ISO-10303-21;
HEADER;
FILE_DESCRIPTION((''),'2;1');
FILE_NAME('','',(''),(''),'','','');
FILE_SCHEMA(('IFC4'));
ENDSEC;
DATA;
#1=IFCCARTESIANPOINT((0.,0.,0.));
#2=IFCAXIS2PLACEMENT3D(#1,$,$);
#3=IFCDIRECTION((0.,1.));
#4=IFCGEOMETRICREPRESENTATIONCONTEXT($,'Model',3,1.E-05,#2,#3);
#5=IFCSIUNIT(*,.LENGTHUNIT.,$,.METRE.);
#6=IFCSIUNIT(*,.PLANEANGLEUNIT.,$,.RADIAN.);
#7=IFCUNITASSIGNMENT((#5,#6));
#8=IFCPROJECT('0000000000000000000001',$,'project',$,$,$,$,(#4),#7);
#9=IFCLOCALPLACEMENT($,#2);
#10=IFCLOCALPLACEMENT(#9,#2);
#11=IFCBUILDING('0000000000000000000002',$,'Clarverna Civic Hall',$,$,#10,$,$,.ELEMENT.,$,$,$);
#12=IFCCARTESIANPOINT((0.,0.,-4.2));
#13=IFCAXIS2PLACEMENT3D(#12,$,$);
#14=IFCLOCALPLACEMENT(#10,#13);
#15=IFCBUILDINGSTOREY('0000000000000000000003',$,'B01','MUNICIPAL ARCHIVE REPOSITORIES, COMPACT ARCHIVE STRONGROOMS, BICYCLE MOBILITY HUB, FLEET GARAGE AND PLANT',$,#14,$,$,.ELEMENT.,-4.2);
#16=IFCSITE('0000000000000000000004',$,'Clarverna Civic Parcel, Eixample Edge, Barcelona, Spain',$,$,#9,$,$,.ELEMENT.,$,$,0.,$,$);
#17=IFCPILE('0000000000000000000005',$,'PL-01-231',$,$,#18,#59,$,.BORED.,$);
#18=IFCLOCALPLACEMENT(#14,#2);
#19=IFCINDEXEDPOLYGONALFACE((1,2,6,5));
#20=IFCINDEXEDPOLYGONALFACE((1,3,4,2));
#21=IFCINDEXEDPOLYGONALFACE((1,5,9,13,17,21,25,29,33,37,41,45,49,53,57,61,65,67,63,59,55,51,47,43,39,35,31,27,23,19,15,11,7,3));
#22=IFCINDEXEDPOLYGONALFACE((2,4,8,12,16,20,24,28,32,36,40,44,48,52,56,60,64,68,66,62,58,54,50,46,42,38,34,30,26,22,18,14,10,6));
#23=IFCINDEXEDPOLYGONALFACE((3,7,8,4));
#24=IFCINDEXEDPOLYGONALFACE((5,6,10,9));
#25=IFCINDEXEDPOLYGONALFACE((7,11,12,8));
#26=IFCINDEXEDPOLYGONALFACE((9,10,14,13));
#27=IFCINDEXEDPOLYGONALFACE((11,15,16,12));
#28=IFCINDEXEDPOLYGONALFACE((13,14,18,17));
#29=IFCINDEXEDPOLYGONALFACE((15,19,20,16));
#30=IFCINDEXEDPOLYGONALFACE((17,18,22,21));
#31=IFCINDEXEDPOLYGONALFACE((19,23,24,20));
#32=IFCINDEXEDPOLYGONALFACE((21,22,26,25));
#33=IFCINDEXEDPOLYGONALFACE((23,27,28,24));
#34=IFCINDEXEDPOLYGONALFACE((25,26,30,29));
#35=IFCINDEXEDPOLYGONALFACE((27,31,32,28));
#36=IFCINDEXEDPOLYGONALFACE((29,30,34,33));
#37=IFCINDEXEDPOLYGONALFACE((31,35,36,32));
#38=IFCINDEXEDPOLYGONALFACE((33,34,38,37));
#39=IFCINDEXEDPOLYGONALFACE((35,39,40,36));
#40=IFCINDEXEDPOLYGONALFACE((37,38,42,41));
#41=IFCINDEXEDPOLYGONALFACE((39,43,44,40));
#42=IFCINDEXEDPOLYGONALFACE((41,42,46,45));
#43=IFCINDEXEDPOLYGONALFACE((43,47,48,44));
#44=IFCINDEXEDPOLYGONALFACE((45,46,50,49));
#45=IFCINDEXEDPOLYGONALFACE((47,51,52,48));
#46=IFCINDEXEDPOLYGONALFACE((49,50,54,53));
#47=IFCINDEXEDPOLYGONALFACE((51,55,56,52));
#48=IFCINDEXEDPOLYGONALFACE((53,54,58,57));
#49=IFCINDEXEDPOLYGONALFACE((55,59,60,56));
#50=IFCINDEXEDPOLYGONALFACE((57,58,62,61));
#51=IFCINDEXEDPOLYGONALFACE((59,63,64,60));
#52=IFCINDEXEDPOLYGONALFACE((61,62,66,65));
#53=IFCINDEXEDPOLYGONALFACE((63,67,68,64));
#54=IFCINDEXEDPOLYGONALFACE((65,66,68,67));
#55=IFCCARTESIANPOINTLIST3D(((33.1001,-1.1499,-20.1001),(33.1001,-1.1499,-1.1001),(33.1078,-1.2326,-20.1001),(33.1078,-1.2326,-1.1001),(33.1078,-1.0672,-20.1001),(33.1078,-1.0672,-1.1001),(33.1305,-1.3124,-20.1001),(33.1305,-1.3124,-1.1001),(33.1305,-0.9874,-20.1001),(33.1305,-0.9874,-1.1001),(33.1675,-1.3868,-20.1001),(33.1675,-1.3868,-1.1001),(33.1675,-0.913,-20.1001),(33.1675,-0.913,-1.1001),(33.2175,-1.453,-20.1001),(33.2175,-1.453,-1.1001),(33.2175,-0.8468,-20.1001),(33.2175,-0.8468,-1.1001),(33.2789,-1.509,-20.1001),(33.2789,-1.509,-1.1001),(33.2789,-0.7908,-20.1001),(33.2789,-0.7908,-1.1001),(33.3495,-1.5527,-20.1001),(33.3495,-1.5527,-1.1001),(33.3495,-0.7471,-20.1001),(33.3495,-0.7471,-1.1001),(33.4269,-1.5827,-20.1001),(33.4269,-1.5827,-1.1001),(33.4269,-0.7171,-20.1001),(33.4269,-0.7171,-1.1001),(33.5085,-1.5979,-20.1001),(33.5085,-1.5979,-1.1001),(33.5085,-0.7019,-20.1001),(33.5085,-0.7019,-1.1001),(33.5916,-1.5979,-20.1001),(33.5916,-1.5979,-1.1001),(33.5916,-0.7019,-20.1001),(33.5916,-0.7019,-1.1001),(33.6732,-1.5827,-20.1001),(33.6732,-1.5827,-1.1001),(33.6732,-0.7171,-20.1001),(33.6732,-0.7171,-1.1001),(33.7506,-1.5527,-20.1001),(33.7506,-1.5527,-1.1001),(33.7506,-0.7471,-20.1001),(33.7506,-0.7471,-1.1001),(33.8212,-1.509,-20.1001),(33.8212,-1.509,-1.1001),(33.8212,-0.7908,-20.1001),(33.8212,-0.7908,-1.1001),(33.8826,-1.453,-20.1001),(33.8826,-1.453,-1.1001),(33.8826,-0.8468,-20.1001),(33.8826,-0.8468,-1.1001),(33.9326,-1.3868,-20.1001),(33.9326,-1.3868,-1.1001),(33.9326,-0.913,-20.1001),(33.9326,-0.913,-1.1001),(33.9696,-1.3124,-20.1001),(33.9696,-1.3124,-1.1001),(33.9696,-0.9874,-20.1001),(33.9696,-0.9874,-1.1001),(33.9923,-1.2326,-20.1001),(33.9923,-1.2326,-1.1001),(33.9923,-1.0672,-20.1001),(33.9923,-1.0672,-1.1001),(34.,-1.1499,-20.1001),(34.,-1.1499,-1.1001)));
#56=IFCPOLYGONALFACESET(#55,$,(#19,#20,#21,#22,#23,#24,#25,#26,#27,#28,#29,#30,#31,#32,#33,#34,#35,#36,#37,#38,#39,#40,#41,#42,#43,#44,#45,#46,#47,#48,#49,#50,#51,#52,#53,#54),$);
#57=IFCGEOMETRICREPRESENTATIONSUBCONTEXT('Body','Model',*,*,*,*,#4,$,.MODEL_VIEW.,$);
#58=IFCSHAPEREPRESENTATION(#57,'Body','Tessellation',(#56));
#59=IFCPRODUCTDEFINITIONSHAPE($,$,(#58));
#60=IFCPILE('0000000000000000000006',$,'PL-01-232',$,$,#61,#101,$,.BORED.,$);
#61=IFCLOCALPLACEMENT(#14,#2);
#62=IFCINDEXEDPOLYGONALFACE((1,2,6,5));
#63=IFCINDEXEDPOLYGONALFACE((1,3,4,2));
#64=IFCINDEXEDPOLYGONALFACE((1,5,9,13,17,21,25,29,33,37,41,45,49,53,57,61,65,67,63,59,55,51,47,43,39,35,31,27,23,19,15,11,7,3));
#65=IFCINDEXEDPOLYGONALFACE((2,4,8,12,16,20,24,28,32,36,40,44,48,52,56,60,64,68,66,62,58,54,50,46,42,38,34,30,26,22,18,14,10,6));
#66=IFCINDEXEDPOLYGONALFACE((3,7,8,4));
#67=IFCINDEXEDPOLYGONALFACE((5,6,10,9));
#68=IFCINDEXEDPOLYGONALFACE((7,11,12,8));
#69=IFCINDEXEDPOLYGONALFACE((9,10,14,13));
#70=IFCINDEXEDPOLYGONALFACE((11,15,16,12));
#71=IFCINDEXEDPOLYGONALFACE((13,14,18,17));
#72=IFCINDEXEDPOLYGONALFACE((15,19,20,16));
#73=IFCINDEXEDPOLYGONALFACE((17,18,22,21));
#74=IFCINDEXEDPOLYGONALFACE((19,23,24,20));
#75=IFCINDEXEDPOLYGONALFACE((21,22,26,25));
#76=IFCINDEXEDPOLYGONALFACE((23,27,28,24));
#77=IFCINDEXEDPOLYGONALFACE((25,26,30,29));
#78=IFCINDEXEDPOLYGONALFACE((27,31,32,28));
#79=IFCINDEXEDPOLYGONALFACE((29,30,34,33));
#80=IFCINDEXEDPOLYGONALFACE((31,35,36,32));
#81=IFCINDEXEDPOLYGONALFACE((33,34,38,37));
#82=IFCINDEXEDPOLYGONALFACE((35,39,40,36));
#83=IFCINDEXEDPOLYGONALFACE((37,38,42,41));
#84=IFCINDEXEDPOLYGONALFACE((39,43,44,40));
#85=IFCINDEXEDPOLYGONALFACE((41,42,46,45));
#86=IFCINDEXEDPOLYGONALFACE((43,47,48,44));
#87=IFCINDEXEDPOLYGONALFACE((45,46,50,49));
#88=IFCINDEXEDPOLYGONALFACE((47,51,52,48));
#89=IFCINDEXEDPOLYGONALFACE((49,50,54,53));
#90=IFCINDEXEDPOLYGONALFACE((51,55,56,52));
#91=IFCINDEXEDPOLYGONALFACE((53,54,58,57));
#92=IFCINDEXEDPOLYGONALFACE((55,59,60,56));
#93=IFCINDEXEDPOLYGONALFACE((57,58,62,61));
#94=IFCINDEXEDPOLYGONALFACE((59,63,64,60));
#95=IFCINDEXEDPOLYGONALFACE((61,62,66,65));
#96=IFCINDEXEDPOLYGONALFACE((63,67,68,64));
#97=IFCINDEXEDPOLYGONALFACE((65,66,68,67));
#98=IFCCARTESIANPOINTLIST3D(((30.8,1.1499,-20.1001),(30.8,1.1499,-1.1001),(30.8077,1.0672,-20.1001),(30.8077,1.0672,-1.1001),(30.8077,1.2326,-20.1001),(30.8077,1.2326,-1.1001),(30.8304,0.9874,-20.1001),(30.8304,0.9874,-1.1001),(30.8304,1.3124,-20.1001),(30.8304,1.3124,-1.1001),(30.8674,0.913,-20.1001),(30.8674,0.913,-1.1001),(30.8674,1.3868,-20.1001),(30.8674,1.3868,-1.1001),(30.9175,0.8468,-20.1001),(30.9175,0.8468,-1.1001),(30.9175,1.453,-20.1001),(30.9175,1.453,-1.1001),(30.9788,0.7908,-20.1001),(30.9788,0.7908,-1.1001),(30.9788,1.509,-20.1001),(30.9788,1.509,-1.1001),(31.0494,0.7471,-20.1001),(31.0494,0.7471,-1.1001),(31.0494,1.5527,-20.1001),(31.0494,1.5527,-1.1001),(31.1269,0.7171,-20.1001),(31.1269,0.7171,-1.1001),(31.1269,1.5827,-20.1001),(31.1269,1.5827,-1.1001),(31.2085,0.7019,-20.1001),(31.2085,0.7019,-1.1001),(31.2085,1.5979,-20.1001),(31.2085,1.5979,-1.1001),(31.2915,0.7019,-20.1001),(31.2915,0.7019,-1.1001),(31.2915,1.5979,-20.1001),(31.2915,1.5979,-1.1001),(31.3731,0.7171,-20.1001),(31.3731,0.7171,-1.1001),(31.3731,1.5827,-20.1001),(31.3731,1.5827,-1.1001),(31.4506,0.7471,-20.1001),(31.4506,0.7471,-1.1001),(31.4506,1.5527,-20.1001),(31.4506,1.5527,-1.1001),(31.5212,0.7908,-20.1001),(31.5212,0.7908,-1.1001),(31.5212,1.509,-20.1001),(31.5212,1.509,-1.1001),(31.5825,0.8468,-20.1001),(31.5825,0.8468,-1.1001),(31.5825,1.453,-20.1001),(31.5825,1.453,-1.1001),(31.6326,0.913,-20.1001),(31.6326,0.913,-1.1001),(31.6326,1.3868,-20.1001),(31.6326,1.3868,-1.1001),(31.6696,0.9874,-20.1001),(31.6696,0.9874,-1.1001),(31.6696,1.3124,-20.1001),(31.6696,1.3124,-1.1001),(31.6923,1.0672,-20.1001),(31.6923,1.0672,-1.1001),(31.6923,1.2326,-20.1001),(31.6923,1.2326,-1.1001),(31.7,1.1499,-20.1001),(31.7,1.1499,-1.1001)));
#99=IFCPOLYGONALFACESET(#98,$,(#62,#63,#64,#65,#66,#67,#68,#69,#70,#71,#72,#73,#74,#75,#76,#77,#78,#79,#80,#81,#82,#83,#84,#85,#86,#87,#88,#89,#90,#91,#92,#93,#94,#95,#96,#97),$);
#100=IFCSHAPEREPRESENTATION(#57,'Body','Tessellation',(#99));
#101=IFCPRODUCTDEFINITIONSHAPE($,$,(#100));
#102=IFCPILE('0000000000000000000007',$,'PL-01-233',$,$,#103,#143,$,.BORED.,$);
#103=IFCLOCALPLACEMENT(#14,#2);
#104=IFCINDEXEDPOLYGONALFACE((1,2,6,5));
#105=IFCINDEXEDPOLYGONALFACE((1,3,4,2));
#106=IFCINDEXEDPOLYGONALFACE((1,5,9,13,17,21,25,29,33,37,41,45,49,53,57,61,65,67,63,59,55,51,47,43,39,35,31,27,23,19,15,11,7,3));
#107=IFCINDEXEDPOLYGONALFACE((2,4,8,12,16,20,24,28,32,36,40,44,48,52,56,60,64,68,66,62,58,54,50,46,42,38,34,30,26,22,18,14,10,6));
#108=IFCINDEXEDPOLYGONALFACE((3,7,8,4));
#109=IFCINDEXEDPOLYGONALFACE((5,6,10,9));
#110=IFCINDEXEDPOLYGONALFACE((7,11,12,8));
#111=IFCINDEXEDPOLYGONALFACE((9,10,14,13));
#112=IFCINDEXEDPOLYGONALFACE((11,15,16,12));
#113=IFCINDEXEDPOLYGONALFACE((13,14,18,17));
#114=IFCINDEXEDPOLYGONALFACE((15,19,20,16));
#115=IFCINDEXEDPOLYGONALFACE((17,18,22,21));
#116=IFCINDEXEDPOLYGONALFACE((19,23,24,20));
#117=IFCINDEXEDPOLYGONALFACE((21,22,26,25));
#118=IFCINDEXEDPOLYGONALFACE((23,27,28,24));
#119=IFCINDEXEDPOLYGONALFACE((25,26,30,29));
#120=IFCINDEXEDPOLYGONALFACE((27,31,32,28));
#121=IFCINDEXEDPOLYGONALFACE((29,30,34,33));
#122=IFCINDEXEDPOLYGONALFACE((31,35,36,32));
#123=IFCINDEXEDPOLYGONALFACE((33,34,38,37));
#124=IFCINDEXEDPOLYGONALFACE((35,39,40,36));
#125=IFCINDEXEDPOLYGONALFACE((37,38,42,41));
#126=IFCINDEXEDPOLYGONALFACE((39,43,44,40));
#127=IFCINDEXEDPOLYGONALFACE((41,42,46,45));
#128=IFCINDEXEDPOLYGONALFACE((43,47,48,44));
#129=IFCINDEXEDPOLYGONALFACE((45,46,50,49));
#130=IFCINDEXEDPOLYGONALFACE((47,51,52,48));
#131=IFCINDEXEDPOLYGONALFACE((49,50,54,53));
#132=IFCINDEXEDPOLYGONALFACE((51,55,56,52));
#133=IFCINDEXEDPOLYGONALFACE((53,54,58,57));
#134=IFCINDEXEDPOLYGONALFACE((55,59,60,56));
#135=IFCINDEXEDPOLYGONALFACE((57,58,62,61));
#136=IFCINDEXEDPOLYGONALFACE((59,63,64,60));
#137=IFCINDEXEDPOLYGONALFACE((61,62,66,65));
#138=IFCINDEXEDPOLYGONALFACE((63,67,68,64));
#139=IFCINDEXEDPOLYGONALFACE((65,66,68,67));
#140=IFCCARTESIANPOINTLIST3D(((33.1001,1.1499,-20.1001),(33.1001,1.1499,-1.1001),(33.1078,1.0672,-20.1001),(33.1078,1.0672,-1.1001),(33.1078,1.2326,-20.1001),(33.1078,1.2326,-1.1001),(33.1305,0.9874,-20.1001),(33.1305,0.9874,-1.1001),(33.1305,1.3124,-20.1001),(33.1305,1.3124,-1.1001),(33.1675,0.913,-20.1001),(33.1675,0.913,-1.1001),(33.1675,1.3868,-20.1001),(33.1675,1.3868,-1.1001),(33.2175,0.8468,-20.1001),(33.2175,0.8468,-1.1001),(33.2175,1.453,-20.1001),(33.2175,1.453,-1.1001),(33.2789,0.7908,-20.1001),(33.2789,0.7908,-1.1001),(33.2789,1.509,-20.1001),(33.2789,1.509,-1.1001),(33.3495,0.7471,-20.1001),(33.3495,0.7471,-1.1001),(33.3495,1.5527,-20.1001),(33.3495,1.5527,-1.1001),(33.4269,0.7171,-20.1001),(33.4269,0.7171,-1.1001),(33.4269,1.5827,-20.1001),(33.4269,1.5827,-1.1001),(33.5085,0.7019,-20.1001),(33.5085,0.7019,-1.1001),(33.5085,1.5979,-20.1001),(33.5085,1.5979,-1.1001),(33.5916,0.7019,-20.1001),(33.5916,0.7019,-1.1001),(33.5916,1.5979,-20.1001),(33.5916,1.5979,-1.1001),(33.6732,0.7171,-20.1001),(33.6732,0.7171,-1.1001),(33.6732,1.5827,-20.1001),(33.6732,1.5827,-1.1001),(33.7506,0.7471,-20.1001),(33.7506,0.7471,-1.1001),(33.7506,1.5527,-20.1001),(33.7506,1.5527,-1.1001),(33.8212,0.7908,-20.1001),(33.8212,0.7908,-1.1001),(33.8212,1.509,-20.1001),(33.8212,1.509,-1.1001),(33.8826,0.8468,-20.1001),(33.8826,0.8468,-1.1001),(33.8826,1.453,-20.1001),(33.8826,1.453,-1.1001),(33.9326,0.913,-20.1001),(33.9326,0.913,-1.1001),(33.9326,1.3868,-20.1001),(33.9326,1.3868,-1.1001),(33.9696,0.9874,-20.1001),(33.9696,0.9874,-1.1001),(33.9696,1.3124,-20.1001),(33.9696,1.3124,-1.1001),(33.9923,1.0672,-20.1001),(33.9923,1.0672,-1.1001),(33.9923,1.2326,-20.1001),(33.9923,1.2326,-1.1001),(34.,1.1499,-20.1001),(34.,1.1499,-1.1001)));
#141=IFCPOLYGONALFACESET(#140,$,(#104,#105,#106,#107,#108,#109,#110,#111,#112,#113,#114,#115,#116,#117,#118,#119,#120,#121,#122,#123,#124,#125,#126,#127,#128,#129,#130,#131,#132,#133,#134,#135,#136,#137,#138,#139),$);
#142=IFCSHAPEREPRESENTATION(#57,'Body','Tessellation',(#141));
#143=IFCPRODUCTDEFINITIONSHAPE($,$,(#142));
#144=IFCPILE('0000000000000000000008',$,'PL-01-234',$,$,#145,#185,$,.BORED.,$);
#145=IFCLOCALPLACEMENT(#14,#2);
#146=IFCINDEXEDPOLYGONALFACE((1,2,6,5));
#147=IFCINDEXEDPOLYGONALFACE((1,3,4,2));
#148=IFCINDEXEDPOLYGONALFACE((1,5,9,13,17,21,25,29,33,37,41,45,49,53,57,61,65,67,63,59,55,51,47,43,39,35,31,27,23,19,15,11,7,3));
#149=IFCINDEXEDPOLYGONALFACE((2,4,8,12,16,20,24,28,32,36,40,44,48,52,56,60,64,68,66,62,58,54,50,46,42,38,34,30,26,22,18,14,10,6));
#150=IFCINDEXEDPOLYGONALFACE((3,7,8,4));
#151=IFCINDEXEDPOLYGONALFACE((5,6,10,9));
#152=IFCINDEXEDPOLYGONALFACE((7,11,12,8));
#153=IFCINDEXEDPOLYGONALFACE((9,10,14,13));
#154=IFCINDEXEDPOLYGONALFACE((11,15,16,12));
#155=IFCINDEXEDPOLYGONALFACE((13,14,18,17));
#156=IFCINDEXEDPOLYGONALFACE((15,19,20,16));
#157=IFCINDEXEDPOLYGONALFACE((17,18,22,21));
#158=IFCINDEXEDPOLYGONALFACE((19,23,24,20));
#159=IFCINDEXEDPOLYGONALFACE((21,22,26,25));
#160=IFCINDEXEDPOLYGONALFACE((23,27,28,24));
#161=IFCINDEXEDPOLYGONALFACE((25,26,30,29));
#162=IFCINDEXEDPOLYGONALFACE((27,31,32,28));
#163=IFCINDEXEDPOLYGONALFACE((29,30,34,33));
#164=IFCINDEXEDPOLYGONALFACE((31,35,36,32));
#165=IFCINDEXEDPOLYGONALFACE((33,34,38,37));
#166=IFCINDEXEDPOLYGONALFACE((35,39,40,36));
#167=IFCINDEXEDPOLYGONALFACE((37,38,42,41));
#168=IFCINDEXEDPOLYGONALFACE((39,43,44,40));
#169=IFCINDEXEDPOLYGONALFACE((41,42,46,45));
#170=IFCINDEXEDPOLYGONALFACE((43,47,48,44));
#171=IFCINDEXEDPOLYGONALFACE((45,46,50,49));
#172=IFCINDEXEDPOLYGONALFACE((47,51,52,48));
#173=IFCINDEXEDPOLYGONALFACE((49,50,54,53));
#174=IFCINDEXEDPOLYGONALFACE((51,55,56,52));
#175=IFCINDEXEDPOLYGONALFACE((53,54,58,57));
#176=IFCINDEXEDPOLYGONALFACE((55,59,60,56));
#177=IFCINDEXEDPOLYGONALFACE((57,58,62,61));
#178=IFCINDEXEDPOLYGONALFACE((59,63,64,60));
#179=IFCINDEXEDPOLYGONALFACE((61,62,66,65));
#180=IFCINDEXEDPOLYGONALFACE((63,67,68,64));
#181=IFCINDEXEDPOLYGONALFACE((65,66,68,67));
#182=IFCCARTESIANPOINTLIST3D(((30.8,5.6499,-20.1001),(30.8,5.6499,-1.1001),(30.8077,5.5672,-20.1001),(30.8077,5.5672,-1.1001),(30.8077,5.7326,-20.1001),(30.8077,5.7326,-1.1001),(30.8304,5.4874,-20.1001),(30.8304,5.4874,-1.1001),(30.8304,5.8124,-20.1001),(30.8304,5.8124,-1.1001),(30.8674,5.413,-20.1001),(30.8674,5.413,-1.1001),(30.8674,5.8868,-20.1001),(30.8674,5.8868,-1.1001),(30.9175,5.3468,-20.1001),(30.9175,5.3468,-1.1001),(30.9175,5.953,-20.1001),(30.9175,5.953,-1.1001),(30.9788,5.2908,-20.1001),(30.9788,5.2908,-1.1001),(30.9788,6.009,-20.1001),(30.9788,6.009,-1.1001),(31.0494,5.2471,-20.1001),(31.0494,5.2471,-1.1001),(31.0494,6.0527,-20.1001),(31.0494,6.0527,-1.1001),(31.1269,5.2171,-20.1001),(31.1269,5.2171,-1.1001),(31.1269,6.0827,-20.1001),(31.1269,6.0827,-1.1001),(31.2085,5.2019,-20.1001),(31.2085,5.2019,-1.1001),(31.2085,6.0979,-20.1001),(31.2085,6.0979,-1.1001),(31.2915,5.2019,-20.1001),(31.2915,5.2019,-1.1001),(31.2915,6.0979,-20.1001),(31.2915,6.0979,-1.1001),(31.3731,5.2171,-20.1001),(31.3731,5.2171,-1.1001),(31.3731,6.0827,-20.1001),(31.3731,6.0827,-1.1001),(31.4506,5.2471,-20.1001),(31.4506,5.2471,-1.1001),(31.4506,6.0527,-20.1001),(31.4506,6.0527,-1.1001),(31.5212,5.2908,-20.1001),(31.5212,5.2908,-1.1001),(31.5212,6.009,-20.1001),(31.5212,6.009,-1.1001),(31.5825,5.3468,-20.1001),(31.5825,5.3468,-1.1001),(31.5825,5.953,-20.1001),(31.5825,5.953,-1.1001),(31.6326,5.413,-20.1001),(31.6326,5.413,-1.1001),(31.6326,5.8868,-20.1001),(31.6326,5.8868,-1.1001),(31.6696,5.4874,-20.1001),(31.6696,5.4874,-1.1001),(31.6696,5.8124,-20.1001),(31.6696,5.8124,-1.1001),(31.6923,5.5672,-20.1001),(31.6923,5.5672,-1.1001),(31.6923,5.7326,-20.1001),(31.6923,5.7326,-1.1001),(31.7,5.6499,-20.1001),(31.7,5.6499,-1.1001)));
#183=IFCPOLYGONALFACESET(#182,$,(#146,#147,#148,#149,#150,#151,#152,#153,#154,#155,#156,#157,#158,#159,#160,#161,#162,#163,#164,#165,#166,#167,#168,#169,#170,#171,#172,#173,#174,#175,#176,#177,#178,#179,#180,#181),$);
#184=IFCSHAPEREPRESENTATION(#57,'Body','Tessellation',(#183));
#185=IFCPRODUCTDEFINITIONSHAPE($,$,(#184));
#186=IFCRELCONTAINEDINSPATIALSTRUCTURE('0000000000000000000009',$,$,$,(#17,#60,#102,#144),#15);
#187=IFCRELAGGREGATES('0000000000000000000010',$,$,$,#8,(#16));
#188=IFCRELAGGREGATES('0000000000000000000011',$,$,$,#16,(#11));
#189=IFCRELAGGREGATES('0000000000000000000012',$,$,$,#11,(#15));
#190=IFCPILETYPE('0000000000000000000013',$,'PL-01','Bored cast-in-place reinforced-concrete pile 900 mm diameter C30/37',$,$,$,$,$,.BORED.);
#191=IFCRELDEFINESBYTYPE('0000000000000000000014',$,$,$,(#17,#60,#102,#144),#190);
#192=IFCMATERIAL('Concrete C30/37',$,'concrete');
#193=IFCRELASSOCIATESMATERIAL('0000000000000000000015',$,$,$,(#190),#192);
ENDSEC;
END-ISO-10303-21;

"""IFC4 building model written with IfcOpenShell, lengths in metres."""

from ifc_helpers import new_model, si_unit, direction, frame, origin, origin_2d, place, context, subcontext, project, spatial, circle, extrude, material, material_profile, profile_set, type_object, element, save


model = new_model("IFC4")

# Units and contexts
model_context = context("Model", 3, precision=1e-05, world=origin(), true_north=direction((0.0, 1.0)))
body_context = subcontext(model_context, "Body", "Model", "MODEL_VIEW")
ifc_project = project(units=[si_unit("LENGTHUNIT", "METRE"), si_unit("PLANEANGLEUNIT", "RADIAN")], contexts=[model_context])

# Site, building, storey
site_placement = place(None, origin())
site = spatial("IfcSite", under=ifc_project, at=site_placement, Name="Clarverna Civic Parcel, Eixample Edge, Barcelona, Spain", CompositionType="ELEMENT", RefElevation=0.0)
building_placement = place(site_placement, origin())
building = spatial("IfcBuilding", under=site, at=building_placement, Name="Clarverna Civic Hall", CompositionType="ELEMENT")
storey_placement = place(building_placement, frame((0.0, 0.0, -4.2)))
storey = spatial("IfcBuildingStorey", under=building, at=storey_placement, Name="B01", Description="MUNICIPAL ARCHIVE REPOSITORIES, COMPACT ARCHIVE STRONGROOMS, BICYCLE MOBILITY HUB, FLEET GARAGE AND PLANT", CompositionType="ELEMENT", Elevation=-4.2)

# Shared definitions
ifc_material_1 = material(Name="Concrete C30/37", Category="concrete")

# Piles
ifc_material_profile_1 = material_profile(ifc_material_1, circle(Radius=0.45, at=origin_2d()), Name="BORED PILE D900")
ifc_profile_set_1 = profile_set([ifc_material_profile_1], Name="Concrete C30/37")
pile_type_1 = type_object("IfcPileType", Name="PL-01", Description="Bored cast-in-place reinforced-concrete pile 900 mm diameter C30/37", PredefinedType="BORED", material=ifc_profile_set_1)
for number, where, z_axis, x_axis, name in (
    (1, (33.55, -1.1499, -1.1001), (0.0, 0.0, -1.0), (1.0, 0.0, 0.0), "PL-01-231"),
    (2, (31.25, 1.1499, -1.1001), (0.0, 0.0, -1.0), (1.0, 0.0, 0.0), "PL-01-232"),
    (3, (33.55, 1.1499, -1.1001), (0.0, 0.0, -1.0), (1.0, 0.0, 0.0), "PL-01-233"),
    (4, (31.25, 5.6499, -1.1001), (0.0, 0.0, -1.0), (1.0, 0.0, 0.0), "PL-01-234"),
):
    element("IfcPile", number, at=place(storey_placement, frame(where, z_axis=z_axis, x_axis=x_axis)), inside=storey, type_object=pile_type_1, Name=name, PredefinedType="BORED", context=body_context, shape_type="SweptSolid", body=[
        extrude(circle(Radius=0.45, at=origin_2d()), origin(), (0.0, 0.0, 1.0), 19.0),
    ])

save(model, "model.ifc")
